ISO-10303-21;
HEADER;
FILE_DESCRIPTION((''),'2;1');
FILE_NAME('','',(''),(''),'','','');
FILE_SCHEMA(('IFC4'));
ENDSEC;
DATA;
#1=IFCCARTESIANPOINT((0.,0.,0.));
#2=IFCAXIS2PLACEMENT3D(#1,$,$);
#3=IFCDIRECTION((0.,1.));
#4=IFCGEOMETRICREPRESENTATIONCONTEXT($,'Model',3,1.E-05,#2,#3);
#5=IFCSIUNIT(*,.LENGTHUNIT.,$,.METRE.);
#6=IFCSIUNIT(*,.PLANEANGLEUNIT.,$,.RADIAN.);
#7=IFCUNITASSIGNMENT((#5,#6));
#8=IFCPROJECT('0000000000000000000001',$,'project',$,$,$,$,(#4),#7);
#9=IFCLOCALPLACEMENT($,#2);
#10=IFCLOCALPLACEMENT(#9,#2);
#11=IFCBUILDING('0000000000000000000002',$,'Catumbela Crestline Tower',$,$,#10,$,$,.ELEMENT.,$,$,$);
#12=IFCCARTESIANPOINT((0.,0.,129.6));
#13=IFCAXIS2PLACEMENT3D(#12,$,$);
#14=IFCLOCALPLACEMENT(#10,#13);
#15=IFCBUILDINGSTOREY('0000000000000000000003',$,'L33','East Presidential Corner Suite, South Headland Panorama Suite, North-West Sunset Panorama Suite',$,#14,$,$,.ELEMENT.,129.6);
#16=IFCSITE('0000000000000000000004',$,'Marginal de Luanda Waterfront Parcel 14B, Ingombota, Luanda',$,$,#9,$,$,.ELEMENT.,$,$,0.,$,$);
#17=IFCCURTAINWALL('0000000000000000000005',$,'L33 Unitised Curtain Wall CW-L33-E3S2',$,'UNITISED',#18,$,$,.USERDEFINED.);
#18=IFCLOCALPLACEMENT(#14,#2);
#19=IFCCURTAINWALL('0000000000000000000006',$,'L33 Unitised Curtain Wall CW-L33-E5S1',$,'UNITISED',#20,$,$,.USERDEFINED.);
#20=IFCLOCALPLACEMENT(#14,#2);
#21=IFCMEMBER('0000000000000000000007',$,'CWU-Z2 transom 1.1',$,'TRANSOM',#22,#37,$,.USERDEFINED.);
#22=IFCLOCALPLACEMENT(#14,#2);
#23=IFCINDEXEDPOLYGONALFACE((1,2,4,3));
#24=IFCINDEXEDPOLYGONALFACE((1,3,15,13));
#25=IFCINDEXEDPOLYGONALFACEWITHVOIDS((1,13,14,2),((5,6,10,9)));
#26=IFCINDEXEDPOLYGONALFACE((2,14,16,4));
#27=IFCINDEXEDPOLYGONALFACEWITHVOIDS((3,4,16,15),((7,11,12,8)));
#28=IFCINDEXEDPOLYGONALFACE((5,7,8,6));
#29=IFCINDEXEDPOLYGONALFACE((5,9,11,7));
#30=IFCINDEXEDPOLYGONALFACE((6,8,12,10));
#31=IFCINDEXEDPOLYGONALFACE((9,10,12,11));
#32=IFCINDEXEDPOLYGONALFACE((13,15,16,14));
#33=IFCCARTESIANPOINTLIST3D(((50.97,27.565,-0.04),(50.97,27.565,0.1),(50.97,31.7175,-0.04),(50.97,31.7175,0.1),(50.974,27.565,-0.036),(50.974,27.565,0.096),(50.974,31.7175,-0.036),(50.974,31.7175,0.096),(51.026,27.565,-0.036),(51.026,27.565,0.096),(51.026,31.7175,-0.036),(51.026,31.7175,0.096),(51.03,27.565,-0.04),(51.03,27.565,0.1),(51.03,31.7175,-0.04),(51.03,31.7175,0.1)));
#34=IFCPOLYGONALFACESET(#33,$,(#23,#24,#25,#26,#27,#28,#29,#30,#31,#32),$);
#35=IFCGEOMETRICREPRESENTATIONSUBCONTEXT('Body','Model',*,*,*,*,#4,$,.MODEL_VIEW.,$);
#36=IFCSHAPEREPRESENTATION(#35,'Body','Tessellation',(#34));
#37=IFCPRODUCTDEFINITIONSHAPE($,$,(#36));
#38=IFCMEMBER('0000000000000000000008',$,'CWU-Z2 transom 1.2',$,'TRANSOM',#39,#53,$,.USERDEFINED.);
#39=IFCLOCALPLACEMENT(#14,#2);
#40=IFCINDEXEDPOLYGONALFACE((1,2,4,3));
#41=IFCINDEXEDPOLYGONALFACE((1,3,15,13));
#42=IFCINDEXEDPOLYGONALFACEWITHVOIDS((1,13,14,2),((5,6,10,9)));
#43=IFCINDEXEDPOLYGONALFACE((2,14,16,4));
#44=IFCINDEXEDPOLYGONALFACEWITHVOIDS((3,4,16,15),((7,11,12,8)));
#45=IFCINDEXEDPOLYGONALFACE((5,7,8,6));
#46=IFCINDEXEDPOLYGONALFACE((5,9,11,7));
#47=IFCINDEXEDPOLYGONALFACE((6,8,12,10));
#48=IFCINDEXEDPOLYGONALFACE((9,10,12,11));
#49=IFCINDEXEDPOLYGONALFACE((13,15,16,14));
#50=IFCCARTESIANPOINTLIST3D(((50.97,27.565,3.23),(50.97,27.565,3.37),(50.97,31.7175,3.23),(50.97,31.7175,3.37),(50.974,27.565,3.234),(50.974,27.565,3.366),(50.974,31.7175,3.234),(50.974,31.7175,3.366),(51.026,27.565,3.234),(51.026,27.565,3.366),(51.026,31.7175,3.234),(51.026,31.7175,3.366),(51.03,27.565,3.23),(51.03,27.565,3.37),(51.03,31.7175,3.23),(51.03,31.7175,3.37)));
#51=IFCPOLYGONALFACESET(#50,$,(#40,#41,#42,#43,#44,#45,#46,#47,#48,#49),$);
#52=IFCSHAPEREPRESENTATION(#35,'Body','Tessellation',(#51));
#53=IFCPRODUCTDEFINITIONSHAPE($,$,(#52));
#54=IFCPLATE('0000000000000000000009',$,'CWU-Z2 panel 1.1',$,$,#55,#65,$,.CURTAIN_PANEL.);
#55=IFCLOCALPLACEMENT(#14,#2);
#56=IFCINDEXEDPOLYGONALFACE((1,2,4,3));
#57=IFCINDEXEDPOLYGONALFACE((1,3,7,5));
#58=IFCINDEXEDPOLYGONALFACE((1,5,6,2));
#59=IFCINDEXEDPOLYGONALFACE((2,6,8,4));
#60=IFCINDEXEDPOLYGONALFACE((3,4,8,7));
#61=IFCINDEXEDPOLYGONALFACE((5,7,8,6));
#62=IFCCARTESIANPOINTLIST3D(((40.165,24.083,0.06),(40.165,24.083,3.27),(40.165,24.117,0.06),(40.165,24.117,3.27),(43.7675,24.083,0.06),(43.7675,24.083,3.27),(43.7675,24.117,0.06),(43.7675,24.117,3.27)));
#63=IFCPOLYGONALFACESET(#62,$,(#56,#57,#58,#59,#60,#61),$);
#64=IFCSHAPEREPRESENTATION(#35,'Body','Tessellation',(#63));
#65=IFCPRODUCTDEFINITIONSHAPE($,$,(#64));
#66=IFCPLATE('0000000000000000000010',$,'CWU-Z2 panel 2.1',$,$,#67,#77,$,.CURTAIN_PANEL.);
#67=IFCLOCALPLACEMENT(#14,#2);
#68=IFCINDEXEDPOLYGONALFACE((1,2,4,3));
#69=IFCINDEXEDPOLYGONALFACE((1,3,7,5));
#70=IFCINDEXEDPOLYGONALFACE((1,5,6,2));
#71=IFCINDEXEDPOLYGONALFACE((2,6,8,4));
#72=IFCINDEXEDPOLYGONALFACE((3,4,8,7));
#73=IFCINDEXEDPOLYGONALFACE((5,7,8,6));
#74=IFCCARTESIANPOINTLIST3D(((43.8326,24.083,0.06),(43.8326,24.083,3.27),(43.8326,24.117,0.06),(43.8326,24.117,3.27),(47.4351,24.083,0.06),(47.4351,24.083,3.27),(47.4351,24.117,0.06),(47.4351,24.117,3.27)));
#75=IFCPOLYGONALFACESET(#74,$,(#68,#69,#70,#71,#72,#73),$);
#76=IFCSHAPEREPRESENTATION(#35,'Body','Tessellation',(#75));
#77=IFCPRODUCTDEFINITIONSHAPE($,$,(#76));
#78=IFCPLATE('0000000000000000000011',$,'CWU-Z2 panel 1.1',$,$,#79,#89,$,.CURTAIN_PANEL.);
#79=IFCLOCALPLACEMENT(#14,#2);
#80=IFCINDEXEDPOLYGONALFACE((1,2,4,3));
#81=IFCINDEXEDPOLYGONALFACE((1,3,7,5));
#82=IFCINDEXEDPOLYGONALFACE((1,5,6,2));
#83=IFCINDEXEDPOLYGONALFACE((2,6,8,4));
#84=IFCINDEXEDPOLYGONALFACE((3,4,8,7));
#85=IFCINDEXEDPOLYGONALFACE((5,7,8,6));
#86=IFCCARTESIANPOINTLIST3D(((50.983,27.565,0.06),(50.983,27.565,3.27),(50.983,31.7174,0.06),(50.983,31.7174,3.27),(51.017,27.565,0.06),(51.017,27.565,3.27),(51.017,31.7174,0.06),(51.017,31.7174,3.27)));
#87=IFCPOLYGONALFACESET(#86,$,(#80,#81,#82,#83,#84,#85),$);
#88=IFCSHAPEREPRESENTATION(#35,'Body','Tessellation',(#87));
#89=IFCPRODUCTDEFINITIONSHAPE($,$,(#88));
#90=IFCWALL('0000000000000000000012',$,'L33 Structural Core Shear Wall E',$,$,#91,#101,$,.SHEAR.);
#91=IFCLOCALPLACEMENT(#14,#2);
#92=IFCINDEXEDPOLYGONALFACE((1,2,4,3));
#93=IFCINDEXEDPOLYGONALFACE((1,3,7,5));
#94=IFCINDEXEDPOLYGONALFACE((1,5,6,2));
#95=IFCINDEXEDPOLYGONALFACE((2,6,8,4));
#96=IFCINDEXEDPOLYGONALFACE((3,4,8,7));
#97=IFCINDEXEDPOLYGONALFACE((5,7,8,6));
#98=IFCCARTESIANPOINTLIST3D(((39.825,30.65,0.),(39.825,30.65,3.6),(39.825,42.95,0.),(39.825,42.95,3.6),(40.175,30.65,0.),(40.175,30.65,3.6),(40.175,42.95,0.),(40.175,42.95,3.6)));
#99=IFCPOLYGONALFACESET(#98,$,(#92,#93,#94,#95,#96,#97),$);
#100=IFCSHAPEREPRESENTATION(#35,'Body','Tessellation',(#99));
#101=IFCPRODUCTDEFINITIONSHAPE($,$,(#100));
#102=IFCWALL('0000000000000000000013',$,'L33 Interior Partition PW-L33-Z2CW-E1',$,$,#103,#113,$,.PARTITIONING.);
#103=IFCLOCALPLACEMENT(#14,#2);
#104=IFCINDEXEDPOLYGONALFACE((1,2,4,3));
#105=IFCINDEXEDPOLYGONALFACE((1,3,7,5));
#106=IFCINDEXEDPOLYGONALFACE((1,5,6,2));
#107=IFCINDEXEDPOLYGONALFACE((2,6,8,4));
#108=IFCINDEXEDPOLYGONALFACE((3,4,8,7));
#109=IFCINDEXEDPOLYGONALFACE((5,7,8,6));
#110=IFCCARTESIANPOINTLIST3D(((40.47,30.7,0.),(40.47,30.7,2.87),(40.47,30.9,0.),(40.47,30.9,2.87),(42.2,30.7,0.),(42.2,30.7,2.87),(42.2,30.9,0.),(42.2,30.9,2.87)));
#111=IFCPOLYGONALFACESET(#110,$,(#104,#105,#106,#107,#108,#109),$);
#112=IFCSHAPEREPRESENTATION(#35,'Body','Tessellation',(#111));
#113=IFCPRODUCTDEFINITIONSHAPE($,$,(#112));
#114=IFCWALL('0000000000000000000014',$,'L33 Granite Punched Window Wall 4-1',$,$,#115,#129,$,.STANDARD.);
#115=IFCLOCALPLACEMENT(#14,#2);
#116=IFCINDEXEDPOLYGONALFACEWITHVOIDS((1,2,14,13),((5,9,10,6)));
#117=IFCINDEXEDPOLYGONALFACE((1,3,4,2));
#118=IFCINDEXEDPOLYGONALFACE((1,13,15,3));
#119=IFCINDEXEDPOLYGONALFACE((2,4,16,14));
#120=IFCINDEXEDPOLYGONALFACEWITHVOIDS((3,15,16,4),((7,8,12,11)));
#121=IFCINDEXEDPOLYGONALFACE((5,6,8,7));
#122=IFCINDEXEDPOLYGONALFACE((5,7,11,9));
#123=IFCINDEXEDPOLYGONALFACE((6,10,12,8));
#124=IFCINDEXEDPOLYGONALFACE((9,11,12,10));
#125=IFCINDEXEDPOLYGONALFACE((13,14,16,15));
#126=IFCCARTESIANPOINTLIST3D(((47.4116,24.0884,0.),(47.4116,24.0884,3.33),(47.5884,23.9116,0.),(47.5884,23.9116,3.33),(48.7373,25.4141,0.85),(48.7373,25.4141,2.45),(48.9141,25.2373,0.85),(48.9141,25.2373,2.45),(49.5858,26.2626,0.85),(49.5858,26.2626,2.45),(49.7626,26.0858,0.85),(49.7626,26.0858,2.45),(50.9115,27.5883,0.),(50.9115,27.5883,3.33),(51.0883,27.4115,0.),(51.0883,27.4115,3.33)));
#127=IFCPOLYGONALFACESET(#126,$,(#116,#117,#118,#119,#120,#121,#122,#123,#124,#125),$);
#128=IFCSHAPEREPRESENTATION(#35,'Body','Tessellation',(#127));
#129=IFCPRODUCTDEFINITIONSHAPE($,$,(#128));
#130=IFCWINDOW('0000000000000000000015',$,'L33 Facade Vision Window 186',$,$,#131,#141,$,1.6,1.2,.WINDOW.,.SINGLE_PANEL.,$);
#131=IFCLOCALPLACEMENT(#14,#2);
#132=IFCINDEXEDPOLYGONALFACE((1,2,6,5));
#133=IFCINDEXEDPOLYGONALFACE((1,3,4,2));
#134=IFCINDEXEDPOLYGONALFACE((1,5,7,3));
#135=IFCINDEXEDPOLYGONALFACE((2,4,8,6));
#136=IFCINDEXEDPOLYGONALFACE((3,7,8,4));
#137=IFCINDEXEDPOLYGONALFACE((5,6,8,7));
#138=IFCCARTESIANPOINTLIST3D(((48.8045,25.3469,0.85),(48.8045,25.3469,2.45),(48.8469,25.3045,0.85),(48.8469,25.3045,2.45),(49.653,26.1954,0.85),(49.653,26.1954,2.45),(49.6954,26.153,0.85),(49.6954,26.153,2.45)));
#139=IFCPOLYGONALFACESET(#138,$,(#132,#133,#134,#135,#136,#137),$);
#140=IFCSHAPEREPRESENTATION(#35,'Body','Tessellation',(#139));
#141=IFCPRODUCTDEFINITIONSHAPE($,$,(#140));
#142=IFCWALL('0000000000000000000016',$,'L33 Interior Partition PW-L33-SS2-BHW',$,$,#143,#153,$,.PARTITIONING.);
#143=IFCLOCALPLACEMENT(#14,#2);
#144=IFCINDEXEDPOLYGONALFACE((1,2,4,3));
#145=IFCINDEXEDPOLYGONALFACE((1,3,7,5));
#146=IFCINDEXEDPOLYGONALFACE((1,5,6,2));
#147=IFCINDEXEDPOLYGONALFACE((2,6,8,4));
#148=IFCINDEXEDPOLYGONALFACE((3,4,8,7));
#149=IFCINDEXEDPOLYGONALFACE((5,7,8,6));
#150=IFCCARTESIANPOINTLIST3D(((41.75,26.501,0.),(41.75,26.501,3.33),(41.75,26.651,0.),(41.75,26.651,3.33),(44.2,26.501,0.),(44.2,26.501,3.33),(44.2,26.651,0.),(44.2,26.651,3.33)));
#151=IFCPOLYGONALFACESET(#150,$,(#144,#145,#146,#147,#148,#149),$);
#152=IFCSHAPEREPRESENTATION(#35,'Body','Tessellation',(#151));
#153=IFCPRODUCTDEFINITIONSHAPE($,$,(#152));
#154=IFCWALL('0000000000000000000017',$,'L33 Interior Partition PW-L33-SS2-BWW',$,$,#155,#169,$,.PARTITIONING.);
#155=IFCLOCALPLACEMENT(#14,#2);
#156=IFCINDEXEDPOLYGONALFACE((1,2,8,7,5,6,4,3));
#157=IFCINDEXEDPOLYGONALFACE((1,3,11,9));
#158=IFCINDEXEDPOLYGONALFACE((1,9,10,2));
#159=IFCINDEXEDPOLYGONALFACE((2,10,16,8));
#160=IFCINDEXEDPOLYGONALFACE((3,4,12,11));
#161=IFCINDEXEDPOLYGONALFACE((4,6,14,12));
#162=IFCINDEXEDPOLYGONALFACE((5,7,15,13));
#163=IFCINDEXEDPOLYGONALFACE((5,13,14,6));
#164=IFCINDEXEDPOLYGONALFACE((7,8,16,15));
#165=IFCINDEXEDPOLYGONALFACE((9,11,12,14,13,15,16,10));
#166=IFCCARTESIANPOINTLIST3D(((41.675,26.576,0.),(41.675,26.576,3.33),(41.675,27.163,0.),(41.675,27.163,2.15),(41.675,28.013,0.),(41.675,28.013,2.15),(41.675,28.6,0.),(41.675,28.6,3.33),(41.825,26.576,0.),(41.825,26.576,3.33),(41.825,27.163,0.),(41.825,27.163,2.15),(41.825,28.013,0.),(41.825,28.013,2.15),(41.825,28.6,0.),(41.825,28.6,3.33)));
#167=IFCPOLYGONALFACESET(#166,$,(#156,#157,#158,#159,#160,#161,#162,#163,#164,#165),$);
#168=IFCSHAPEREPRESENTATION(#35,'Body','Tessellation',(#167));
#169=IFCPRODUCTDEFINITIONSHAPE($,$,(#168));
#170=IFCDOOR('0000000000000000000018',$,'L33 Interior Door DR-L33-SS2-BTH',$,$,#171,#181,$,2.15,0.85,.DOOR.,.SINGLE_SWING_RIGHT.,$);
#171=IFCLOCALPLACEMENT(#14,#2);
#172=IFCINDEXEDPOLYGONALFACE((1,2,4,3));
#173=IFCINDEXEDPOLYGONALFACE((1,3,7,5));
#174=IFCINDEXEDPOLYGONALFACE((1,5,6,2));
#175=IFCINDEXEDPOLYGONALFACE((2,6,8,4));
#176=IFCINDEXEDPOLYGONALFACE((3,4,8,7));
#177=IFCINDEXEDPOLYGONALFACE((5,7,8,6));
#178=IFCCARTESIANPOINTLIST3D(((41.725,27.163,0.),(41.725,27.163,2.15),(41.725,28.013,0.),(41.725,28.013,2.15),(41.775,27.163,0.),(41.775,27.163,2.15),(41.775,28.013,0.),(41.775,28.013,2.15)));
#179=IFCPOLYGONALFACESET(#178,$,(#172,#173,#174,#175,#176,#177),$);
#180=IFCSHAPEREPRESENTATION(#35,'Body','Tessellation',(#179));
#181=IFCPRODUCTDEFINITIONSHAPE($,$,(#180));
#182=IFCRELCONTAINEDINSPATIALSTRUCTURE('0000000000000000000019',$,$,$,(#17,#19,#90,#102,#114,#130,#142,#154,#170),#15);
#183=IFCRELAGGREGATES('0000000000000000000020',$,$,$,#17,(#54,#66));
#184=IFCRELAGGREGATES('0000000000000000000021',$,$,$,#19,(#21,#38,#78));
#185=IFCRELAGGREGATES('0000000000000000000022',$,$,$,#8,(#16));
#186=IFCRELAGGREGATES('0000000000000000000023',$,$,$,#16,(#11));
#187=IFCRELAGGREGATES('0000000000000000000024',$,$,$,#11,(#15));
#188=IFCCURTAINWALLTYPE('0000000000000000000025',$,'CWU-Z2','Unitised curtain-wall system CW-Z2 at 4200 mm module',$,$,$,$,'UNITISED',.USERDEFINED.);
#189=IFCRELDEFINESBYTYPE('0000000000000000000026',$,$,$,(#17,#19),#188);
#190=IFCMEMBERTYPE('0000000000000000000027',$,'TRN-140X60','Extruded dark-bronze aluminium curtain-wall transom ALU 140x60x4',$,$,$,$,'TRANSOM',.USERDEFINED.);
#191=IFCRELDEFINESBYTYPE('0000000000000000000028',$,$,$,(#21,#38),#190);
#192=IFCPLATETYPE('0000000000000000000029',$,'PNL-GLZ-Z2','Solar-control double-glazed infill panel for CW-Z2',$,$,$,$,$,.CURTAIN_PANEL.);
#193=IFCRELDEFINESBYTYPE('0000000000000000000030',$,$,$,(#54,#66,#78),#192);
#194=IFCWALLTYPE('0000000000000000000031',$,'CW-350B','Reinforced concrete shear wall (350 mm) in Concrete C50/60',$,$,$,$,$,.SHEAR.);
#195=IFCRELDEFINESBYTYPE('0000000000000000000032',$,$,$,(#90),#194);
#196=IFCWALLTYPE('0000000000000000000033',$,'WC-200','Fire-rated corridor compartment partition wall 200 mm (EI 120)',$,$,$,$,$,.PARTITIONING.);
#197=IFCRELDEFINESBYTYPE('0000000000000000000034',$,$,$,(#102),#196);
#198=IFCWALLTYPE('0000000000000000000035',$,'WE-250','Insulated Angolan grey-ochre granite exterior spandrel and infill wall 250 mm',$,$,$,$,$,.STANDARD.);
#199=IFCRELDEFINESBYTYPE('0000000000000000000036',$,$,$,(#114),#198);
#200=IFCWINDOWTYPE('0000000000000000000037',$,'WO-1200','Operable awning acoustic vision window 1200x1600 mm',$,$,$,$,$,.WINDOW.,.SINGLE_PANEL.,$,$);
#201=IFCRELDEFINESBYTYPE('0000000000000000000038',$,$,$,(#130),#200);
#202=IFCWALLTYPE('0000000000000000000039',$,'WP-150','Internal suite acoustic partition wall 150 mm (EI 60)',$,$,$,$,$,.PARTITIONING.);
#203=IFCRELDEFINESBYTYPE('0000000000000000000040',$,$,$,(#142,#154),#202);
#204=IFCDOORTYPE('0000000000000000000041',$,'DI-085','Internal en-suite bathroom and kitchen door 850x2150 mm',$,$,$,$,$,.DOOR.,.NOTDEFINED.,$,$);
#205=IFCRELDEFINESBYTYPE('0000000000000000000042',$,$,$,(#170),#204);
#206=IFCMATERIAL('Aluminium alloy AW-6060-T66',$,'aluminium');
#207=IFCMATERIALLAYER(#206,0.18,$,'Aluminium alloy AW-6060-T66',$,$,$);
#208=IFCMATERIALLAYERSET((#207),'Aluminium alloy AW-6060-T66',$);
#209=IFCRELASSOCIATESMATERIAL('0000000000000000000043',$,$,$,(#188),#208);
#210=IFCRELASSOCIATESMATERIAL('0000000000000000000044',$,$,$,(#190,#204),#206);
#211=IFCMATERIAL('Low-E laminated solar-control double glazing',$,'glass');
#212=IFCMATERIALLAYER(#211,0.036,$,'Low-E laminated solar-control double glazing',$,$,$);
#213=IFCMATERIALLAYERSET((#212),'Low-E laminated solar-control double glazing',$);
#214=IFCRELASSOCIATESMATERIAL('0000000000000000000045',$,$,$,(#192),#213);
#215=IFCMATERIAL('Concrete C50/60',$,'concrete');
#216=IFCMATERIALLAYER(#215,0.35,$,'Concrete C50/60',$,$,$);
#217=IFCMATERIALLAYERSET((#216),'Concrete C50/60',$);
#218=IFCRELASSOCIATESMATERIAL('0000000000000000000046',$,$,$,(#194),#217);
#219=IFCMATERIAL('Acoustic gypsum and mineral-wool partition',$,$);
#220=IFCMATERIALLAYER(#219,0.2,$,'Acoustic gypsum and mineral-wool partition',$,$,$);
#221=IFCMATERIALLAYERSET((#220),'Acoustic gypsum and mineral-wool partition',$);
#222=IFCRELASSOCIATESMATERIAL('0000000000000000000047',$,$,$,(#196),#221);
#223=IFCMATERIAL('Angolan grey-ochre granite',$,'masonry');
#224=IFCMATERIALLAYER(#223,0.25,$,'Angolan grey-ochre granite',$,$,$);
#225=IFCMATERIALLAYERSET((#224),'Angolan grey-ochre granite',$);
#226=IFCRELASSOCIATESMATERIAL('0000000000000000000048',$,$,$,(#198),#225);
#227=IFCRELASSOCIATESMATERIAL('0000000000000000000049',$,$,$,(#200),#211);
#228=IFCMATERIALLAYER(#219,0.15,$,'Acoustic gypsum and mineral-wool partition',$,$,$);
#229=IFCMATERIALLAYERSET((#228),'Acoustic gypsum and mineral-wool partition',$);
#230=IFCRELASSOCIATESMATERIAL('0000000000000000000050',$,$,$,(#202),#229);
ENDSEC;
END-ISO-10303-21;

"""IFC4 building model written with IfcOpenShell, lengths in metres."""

from ifc_helpers import new_model, si_unit, direction, frame, frame_2d, origin, origin_2d, place, context, subcontext, project, spatial, rectangle, hollow_rectangle, extrude, material, layer, layer_set, material_profile, profile_set, type_object, element, fill, aggregate, save


model = new_model("IFC4")

# Units and contexts
model_context = context("Model", 3, precision=1e-05, world=origin(), true_north=direction((0.0, 1.0)))
body_context = subcontext(model_context, "Body", "Model", "MODEL_VIEW")
ifc_project = project(units=[si_unit("LENGTHUNIT", "METRE"), si_unit("PLANEANGLEUNIT", "RADIAN")], contexts=[model_context])

# Site, building, storey
site_placement = place(None, origin())
site = spatial("IfcSite", under=ifc_project, at=site_placement, Name="Marginal de Luanda Waterfront Parcel 14B, Ingombota, Luanda", CompositionType="ELEMENT", RefElevation=0.0)
building_placement = place(site_placement, origin())
building = spatial("IfcBuilding", under=site, at=building_placement, Name="Catumbela Crestline Tower", CompositionType="ELEMENT")
storey_placement = place(building_placement, frame((0.0, 0.0, 129.6)))
storey = spatial("IfcBuildingStorey", under=building, at=storey_placement, Name="L33", Description="East Presidential Corner Suite, South Headland Panorama Suite, North-West Sunset Panorama Suite", CompositionType="ELEMENT", Elevation=129.6)

# Curtain wall
ifc_material_1 = material(Name="Aluminium alloy AW-6060-T66", Category="aluminium")
ifc_layer_1 = layer(ifc_material_1, 0.18, Name="Aluminium alloy AW-6060-T66")
ifc_layer_set_1 = layer_set([ifc_layer_1], Name="Aluminium alloy AW-6060-T66")
curtain_wall_type = type_object("IfcCurtainWallType", Name="CWU-Z2", Description="Unitised curtain-wall system CW-Z2 at 4200 mm module", ElementType="UNITISED", PredefinedType="USERDEFINED", material=ifc_layer_set_1)
curtain_wall_1_placement = place(storey_placement, origin())
curtain_wall_1 = element("IfcCurtainWall", 1, at=curtain_wall_1_placement, inside=storey, type_object=curtain_wall_type, Name="L33 Unitised Curtain Wall CW-L33-E3S2", ObjectType="UNITISED", PredefinedType="USERDEFINED")

# Curtain wall
curtain_wall_2_placement = place(storey_placement, origin())
curtain_wall_2 = element("IfcCurtainWall", 2, at=curtain_wall_2_placement, inside=storey, type_object=curtain_wall_type, Name="L33 Unitised Curtain Wall CW-L33-E5S1", ObjectType="UNITISED", PredefinedType="USERDEFINED")

# Members
ifc_material_profile_1 = material_profile(ifc_material_1, hollow_rectangle(XDim=0.06, YDim=0.14, WallThickness=0.004, at=origin_2d()), Name="ALU 140x60x4")
ifc_profile_set_1 = profile_set([ifc_material_profile_1], Name="Aluminium alloy AW-6060-T66")
member_type_1 = type_object("IfcMemberType", Name="TRN-140X60", Description="Extruded dark-bronze aluminium curtain-wall transom ALU 140x60x4", ElementType="TRANSOM", PredefinedType="USERDEFINED", material=ifc_profile_set_1)
member_1_placement = place(storey_placement, frame((51.0, 27.565, 0.03), z_axis=(0.0, 1.0, 0.0), x_axis=(-1.0, 0.0, 0.0)))
member_1 = element("IfcMember", 3, at=member_1_placement, type_object=member_type_1, Name="CWU-Z2 transom 1.1", ObjectType="TRANSOM", PredefinedType="USERDEFINED", context=body_context, shape_type="SweptSolid", body=[
    extrude(hollow_rectangle(XDim=0.06, YDim=0.14, WallThickness=0.004, at=origin_2d()), origin(), (0.0, 0.0, 1.0), 4.1525),
])
member_2_placement = place(storey_placement, frame((51.0, 27.565, 3.3), z_axis=(0.0, 1.0, 0.0), x_axis=(-1.0, 0.0, 0.0)))
member_2 = element("IfcMember", 4, at=member_2_placement, type_object=member_type_1, Name="CWU-Z2 transom 1.2", ObjectType="TRANSOM", PredefinedType="USERDEFINED", context=body_context, shape_type="SweptSolid", body=[
    extrude(hollow_rectangle(XDim=0.06, YDim=0.14, WallThickness=0.004, at=origin_2d()), origin(), (0.0, 0.0, 1.0), 4.1525),
])

# Plates
ifc_material_2 = material(Name="Low-E laminated solar-control double glazing", Category="glass")
ifc_layer_2 = layer(ifc_material_2, 0.036, Name="Low-E laminated solar-control double glazing")
ifc_layer_set_2 = layer_set([ifc_layer_2], Name="Low-E laminated solar-control double glazing")
plate_type = type_object("IfcPlateType", Name="PNL-GLZ-Z2", Description="Solar-control double-glazed infill panel for CW-Z2", PredefinedType="CURTAIN_PANEL", material=ifc_layer_set_2)
plate_1_placement = place(storey_placement, frame((41.9662, 24.1, 0.06), z_axis=(0.0, 0.0, 1.0), x_axis=(1.0, 0.0, 0.0)))
plate_1 = element("IfcPlate", 5, at=plate_1_placement, type_object=plate_type, Name="CWU-Z2 panel 1.1", PredefinedType="CURTAIN_PANEL", context=body_context, shape_type="SweptSolid", body=[
    extrude(rectangle(XDim=3.6025, YDim=0.034, at=origin_2d()), origin(), (0.0, 0.0, 1.0), 3.21),
])
plate_2_placement = place(storey_placement, frame((45.6338, 24.1, 0.06), z_axis=(0.0, 0.0, 1.0), x_axis=(1.0, 0.0, 0.0)))
plate_2 = element("IfcPlate", 6, at=plate_2_placement, type_object=plate_type, Name="CWU-Z2 panel 2.1", PredefinedType="CURTAIN_PANEL", context=body_context, shape_type="SweptSolid", body=[
    extrude(rectangle(XDim=3.6025, YDim=0.034, at=origin_2d()), origin(), (0.0, 0.0, 1.0), 3.21),
])
aggregate(curtain_wall_1, [plate_1, plate_2])
plate_3_placement = place(storey_placement, frame((51.0, 29.6412, 0.06), z_axis=(0.0, 0.0, 1.0), x_axis=(0.0, 1.0, 0.0)))
plate_3 = element("IfcPlate", 7, at=plate_3_placement, type_object=plate_type, Name="CWU-Z2 panel 1.1", PredefinedType="CURTAIN_PANEL", context=body_context, shape_type="SweptSolid", body=[
    extrude(rectangle(XDim=4.1525, YDim=0.034, at=origin_2d()), origin(), (0.0, 0.0, 1.0), 3.21),
])
aggregate(curtain_wall_2, [member_1, member_2, plate_3])

# Walls
ifc_material_3 = material(Name="Concrete C50/60", Category="concrete")
ifc_layer_3 = layer(ifc_material_3, 0.35, Name="Concrete C50/60")
ifc_layer_set_3 = layer_set([ifc_layer_3], Name="Concrete C50/60")
wall_type_1 = type_object("IfcWallType", Name="CW-350B", Description="Reinforced concrete shear wall (350 mm) in Concrete C50/60", PredefinedType="SHEAR", material=ifc_layer_set_3)
wall_1_placement = place(storey_placement, frame((40.0, 30.65, 0.0), z_axis=(0.0, 0.0, 1.0), x_axis=(0.0, 1.0, 0.0)))
element("IfcWall", 8, at=wall_1_placement, inside=storey, type_object=wall_type_1, Name="L33 Structural Core Shear Wall E", PredefinedType="SHEAR", context=body_context, shape_type="SweptSolid", body=[
    extrude(rectangle(XDim=12.3, YDim=0.35, at=frame_2d((6.15, 0.0))), origin(), (0.0, 0.0, 1.0), 3.6),
])
ifc_material_4 = material(Name="Acoustic gypsum and mineral-wool partition")
ifc_layer_4 = layer(ifc_material_4, 0.2, Name="Acoustic gypsum and mineral-wool partition")
ifc_layer_set_4 = layer_set([ifc_layer_4], Name="Acoustic gypsum and mineral-wool partition")
wall_type_2 = type_object("IfcWallType", Name="WC-200", Description="Fire-rated corridor compartment partition wall 200 mm (EI 120)", PredefinedType="PARTITIONING", material=ifc_layer_set_4)
wall_2_placement = place(storey_placement, frame((40.47, 30.8, 0.0), z_axis=(0.0, 0.0, 1.0), x_axis=(1.0, 0.0, 0.0)))
element("IfcWall", 9, at=wall_2_placement, inside=storey, type_object=wall_type_2, Name="L33 Interior Partition PW-L33-Z2CW-E1", PredefinedType="PARTITIONING", context=body_context, shape_type="SweptSolid", body=[
    extrude(rectangle(XDim=1.73, YDim=0.2, at=frame_2d((0.865, 0.0))), origin(), (0.0, 0.0, 1.0), 2.87),
])

# Wall, opening, window
ifc_material_5 = material(Name="Angolan grey-ochre granite", Category="masonry")
ifc_layer_5 = layer(ifc_material_5, 0.25, Name="Angolan grey-ochre granite")
ifc_layer_set_5 = layer_set([ifc_layer_5], Name="Angolan grey-ochre granite")
wall_type_3 = type_object("IfcWallType", Name="WE-250", Description="Insulated Angolan grey-ochre granite exterior spandrel and infill wall 250 mm", PredefinedType="STANDARD", material=ifc_layer_set_5)
wall_3_placement = place(storey_placement, frame((47.5, 24.0, 0.0), z_axis=(0.0, 0.0, 1.0), x_axis=(0.707107, 0.707107, 0.0)))
wall_3 = element("IfcWall", 10, at=wall_3_placement, inside=storey, type_object=wall_type_3, Name="L33 Granite Punched Window Wall 4-1", PredefinedType="STANDARD", context=body_context, shape_type="SweptSolid", body=[
    extrude(rectangle(XDim=4.9497, YDim=0.25, at=frame_2d((2.4748, 0.0))), origin(), (0.0, 0.0, 1.0), 3.33),
])
opening_1_placement = place(wall_3_placement, frame((1.8748, 0.0, 0.85)))
opening_1 = element("IfcOpeningElement", 11, at=opening_1_placement, cuts=wall_3, PredefinedType="OPENING", context=body_context, shape_type="SweptSolid", body=[
    extrude(rectangle(XDim=1.2, YDim=1.6, at=frame_2d((0.6, 0.8))), frame((0.0, 0.135, 0.0), z_axis=(0.0, -1.0, 0.0), x_axis=(1.0, 0.0, 0.0)), (0.0, 0.0, 1.0), 0.27),
])
window_type = type_object("IfcWindowType", Name="WO-1200", Description="Operable awning acoustic vision window 1200x1600 mm", PartitioningType="SINGLE_PANEL", PredefinedType="WINDOW", material=ifc_material_2)
window_placement = place(opening_1_placement, origin())
window = element("IfcWindow", 12, at=window_placement, inside=storey, type_object=window_type, Name="L33 Facade Vision Window 186", OverallHeight=1.6, OverallWidth=1.2, PartitioningType="SINGLE_PANEL", PredefinedType="WINDOW", context=body_context, shape_type="SweptSolid", body=[
    extrude(rectangle(XDim=1.2, YDim=1.6, at=frame_2d((0.6, 0.8))), frame((0.0, 0.03, 0.0), z_axis=(0.0, -1.0, 0.0), x_axis=(1.0, 0.0, 0.0)), (0.0, 0.0, 1.0), 0.06),
])
fill(opening_1, window)

# Wall
ifc_layer_6 = layer(ifc_material_4, 0.15, Name="Acoustic gypsum and mineral-wool partition")
ifc_layer_set_6 = layer_set([ifc_layer_6], Name="Acoustic gypsum and mineral-wool partition")
wall_type_4 = type_object("IfcWallType", Name="WP-150", Description="Internal suite acoustic partition wall 150 mm (EI 60)", PredefinedType="PARTITIONING", material=ifc_layer_set_6)
wall_4_placement = place(storey_placement, frame((41.75, 26.576, 0.0), z_axis=(0.0, 0.0, 1.0), x_axis=(1.0, 0.0, 0.0)))
element("IfcWall", 13, at=wall_4_placement, inside=storey, type_object=wall_type_4, Name="L33 Interior Partition PW-L33-SS2-BHW", PredefinedType="PARTITIONING", context=body_context, shape_type="SweptSolid", body=[
    extrude(rectangle(XDim=2.45, YDim=0.15, at=frame_2d((1.225, 0.0))), origin(), (0.0, 0.0, 1.0), 3.33),
])

# Wall, opening, door
wall_5_placement = place(storey_placement, frame((41.75, 26.576, 0.0), z_axis=(0.0, 0.0, 1.0), x_axis=(0.0, 1.0, 0.0)))
wall_5 = element("IfcWall", 14, at=wall_5_placement, inside=storey, type_object=wall_type_4, Name="L33 Interior Partition PW-L33-SS2-BWW", PredefinedType="PARTITIONING", context=body_context, shape_type="SweptSolid", body=[
    extrude(rectangle(XDim=2.024, YDim=0.15, at=frame_2d((1.012, 0.0))), origin(), (0.0, 0.0, 1.0), 3.33),
])
opening_2_placement = place(wall_5_placement, frame((0.587, 0.0, 0.0)))
opening_2 = element("IfcOpeningElement", 15, at=opening_2_placement, cuts=wall_5, PredefinedType="OPENING", context=body_context, shape_type="SweptSolid", body=[
    extrude(rectangle(XDim=0.85, YDim=2.15, at=frame_2d((0.425, 1.075))), frame((0.0, 0.085, 0.0), z_axis=(0.0, -1.0, 0.0), x_axis=(1.0, 0.0, 0.0)), (0.0, 0.0, 1.0), 0.17),
])
door_type = type_object("IfcDoorType", Name="DI-085", Description="Internal en-suite bathroom and kitchen door 850x2150 mm", OperationType="NOTDEFINED", PredefinedType="DOOR", material=ifc_material_1)
door_placement = place(opening_2_placement, origin())
door = element("IfcDoor", 16, at=door_placement, inside=storey, type_object=door_type, Name="L33 Interior Door DR-L33-SS2-BTH", OperationType="SINGLE_SWING_RIGHT", OverallHeight=2.15, OverallWidth=0.85, PredefinedType="DOOR", context=body_context, shape_type="SweptSolid", body=[
    extrude(rectangle(XDim=0.85, YDim=2.15, at=frame_2d((0.425, 1.075))), frame((0.0, 0.025, 0.0), z_axis=(0.0, -1.0, 0.0), x_axis=(1.0, 0.0, 0.0)), (0.0, 0.0, 1.0), 0.05),
])
fill(opening_2, door)

save(model, "model.ifc")
